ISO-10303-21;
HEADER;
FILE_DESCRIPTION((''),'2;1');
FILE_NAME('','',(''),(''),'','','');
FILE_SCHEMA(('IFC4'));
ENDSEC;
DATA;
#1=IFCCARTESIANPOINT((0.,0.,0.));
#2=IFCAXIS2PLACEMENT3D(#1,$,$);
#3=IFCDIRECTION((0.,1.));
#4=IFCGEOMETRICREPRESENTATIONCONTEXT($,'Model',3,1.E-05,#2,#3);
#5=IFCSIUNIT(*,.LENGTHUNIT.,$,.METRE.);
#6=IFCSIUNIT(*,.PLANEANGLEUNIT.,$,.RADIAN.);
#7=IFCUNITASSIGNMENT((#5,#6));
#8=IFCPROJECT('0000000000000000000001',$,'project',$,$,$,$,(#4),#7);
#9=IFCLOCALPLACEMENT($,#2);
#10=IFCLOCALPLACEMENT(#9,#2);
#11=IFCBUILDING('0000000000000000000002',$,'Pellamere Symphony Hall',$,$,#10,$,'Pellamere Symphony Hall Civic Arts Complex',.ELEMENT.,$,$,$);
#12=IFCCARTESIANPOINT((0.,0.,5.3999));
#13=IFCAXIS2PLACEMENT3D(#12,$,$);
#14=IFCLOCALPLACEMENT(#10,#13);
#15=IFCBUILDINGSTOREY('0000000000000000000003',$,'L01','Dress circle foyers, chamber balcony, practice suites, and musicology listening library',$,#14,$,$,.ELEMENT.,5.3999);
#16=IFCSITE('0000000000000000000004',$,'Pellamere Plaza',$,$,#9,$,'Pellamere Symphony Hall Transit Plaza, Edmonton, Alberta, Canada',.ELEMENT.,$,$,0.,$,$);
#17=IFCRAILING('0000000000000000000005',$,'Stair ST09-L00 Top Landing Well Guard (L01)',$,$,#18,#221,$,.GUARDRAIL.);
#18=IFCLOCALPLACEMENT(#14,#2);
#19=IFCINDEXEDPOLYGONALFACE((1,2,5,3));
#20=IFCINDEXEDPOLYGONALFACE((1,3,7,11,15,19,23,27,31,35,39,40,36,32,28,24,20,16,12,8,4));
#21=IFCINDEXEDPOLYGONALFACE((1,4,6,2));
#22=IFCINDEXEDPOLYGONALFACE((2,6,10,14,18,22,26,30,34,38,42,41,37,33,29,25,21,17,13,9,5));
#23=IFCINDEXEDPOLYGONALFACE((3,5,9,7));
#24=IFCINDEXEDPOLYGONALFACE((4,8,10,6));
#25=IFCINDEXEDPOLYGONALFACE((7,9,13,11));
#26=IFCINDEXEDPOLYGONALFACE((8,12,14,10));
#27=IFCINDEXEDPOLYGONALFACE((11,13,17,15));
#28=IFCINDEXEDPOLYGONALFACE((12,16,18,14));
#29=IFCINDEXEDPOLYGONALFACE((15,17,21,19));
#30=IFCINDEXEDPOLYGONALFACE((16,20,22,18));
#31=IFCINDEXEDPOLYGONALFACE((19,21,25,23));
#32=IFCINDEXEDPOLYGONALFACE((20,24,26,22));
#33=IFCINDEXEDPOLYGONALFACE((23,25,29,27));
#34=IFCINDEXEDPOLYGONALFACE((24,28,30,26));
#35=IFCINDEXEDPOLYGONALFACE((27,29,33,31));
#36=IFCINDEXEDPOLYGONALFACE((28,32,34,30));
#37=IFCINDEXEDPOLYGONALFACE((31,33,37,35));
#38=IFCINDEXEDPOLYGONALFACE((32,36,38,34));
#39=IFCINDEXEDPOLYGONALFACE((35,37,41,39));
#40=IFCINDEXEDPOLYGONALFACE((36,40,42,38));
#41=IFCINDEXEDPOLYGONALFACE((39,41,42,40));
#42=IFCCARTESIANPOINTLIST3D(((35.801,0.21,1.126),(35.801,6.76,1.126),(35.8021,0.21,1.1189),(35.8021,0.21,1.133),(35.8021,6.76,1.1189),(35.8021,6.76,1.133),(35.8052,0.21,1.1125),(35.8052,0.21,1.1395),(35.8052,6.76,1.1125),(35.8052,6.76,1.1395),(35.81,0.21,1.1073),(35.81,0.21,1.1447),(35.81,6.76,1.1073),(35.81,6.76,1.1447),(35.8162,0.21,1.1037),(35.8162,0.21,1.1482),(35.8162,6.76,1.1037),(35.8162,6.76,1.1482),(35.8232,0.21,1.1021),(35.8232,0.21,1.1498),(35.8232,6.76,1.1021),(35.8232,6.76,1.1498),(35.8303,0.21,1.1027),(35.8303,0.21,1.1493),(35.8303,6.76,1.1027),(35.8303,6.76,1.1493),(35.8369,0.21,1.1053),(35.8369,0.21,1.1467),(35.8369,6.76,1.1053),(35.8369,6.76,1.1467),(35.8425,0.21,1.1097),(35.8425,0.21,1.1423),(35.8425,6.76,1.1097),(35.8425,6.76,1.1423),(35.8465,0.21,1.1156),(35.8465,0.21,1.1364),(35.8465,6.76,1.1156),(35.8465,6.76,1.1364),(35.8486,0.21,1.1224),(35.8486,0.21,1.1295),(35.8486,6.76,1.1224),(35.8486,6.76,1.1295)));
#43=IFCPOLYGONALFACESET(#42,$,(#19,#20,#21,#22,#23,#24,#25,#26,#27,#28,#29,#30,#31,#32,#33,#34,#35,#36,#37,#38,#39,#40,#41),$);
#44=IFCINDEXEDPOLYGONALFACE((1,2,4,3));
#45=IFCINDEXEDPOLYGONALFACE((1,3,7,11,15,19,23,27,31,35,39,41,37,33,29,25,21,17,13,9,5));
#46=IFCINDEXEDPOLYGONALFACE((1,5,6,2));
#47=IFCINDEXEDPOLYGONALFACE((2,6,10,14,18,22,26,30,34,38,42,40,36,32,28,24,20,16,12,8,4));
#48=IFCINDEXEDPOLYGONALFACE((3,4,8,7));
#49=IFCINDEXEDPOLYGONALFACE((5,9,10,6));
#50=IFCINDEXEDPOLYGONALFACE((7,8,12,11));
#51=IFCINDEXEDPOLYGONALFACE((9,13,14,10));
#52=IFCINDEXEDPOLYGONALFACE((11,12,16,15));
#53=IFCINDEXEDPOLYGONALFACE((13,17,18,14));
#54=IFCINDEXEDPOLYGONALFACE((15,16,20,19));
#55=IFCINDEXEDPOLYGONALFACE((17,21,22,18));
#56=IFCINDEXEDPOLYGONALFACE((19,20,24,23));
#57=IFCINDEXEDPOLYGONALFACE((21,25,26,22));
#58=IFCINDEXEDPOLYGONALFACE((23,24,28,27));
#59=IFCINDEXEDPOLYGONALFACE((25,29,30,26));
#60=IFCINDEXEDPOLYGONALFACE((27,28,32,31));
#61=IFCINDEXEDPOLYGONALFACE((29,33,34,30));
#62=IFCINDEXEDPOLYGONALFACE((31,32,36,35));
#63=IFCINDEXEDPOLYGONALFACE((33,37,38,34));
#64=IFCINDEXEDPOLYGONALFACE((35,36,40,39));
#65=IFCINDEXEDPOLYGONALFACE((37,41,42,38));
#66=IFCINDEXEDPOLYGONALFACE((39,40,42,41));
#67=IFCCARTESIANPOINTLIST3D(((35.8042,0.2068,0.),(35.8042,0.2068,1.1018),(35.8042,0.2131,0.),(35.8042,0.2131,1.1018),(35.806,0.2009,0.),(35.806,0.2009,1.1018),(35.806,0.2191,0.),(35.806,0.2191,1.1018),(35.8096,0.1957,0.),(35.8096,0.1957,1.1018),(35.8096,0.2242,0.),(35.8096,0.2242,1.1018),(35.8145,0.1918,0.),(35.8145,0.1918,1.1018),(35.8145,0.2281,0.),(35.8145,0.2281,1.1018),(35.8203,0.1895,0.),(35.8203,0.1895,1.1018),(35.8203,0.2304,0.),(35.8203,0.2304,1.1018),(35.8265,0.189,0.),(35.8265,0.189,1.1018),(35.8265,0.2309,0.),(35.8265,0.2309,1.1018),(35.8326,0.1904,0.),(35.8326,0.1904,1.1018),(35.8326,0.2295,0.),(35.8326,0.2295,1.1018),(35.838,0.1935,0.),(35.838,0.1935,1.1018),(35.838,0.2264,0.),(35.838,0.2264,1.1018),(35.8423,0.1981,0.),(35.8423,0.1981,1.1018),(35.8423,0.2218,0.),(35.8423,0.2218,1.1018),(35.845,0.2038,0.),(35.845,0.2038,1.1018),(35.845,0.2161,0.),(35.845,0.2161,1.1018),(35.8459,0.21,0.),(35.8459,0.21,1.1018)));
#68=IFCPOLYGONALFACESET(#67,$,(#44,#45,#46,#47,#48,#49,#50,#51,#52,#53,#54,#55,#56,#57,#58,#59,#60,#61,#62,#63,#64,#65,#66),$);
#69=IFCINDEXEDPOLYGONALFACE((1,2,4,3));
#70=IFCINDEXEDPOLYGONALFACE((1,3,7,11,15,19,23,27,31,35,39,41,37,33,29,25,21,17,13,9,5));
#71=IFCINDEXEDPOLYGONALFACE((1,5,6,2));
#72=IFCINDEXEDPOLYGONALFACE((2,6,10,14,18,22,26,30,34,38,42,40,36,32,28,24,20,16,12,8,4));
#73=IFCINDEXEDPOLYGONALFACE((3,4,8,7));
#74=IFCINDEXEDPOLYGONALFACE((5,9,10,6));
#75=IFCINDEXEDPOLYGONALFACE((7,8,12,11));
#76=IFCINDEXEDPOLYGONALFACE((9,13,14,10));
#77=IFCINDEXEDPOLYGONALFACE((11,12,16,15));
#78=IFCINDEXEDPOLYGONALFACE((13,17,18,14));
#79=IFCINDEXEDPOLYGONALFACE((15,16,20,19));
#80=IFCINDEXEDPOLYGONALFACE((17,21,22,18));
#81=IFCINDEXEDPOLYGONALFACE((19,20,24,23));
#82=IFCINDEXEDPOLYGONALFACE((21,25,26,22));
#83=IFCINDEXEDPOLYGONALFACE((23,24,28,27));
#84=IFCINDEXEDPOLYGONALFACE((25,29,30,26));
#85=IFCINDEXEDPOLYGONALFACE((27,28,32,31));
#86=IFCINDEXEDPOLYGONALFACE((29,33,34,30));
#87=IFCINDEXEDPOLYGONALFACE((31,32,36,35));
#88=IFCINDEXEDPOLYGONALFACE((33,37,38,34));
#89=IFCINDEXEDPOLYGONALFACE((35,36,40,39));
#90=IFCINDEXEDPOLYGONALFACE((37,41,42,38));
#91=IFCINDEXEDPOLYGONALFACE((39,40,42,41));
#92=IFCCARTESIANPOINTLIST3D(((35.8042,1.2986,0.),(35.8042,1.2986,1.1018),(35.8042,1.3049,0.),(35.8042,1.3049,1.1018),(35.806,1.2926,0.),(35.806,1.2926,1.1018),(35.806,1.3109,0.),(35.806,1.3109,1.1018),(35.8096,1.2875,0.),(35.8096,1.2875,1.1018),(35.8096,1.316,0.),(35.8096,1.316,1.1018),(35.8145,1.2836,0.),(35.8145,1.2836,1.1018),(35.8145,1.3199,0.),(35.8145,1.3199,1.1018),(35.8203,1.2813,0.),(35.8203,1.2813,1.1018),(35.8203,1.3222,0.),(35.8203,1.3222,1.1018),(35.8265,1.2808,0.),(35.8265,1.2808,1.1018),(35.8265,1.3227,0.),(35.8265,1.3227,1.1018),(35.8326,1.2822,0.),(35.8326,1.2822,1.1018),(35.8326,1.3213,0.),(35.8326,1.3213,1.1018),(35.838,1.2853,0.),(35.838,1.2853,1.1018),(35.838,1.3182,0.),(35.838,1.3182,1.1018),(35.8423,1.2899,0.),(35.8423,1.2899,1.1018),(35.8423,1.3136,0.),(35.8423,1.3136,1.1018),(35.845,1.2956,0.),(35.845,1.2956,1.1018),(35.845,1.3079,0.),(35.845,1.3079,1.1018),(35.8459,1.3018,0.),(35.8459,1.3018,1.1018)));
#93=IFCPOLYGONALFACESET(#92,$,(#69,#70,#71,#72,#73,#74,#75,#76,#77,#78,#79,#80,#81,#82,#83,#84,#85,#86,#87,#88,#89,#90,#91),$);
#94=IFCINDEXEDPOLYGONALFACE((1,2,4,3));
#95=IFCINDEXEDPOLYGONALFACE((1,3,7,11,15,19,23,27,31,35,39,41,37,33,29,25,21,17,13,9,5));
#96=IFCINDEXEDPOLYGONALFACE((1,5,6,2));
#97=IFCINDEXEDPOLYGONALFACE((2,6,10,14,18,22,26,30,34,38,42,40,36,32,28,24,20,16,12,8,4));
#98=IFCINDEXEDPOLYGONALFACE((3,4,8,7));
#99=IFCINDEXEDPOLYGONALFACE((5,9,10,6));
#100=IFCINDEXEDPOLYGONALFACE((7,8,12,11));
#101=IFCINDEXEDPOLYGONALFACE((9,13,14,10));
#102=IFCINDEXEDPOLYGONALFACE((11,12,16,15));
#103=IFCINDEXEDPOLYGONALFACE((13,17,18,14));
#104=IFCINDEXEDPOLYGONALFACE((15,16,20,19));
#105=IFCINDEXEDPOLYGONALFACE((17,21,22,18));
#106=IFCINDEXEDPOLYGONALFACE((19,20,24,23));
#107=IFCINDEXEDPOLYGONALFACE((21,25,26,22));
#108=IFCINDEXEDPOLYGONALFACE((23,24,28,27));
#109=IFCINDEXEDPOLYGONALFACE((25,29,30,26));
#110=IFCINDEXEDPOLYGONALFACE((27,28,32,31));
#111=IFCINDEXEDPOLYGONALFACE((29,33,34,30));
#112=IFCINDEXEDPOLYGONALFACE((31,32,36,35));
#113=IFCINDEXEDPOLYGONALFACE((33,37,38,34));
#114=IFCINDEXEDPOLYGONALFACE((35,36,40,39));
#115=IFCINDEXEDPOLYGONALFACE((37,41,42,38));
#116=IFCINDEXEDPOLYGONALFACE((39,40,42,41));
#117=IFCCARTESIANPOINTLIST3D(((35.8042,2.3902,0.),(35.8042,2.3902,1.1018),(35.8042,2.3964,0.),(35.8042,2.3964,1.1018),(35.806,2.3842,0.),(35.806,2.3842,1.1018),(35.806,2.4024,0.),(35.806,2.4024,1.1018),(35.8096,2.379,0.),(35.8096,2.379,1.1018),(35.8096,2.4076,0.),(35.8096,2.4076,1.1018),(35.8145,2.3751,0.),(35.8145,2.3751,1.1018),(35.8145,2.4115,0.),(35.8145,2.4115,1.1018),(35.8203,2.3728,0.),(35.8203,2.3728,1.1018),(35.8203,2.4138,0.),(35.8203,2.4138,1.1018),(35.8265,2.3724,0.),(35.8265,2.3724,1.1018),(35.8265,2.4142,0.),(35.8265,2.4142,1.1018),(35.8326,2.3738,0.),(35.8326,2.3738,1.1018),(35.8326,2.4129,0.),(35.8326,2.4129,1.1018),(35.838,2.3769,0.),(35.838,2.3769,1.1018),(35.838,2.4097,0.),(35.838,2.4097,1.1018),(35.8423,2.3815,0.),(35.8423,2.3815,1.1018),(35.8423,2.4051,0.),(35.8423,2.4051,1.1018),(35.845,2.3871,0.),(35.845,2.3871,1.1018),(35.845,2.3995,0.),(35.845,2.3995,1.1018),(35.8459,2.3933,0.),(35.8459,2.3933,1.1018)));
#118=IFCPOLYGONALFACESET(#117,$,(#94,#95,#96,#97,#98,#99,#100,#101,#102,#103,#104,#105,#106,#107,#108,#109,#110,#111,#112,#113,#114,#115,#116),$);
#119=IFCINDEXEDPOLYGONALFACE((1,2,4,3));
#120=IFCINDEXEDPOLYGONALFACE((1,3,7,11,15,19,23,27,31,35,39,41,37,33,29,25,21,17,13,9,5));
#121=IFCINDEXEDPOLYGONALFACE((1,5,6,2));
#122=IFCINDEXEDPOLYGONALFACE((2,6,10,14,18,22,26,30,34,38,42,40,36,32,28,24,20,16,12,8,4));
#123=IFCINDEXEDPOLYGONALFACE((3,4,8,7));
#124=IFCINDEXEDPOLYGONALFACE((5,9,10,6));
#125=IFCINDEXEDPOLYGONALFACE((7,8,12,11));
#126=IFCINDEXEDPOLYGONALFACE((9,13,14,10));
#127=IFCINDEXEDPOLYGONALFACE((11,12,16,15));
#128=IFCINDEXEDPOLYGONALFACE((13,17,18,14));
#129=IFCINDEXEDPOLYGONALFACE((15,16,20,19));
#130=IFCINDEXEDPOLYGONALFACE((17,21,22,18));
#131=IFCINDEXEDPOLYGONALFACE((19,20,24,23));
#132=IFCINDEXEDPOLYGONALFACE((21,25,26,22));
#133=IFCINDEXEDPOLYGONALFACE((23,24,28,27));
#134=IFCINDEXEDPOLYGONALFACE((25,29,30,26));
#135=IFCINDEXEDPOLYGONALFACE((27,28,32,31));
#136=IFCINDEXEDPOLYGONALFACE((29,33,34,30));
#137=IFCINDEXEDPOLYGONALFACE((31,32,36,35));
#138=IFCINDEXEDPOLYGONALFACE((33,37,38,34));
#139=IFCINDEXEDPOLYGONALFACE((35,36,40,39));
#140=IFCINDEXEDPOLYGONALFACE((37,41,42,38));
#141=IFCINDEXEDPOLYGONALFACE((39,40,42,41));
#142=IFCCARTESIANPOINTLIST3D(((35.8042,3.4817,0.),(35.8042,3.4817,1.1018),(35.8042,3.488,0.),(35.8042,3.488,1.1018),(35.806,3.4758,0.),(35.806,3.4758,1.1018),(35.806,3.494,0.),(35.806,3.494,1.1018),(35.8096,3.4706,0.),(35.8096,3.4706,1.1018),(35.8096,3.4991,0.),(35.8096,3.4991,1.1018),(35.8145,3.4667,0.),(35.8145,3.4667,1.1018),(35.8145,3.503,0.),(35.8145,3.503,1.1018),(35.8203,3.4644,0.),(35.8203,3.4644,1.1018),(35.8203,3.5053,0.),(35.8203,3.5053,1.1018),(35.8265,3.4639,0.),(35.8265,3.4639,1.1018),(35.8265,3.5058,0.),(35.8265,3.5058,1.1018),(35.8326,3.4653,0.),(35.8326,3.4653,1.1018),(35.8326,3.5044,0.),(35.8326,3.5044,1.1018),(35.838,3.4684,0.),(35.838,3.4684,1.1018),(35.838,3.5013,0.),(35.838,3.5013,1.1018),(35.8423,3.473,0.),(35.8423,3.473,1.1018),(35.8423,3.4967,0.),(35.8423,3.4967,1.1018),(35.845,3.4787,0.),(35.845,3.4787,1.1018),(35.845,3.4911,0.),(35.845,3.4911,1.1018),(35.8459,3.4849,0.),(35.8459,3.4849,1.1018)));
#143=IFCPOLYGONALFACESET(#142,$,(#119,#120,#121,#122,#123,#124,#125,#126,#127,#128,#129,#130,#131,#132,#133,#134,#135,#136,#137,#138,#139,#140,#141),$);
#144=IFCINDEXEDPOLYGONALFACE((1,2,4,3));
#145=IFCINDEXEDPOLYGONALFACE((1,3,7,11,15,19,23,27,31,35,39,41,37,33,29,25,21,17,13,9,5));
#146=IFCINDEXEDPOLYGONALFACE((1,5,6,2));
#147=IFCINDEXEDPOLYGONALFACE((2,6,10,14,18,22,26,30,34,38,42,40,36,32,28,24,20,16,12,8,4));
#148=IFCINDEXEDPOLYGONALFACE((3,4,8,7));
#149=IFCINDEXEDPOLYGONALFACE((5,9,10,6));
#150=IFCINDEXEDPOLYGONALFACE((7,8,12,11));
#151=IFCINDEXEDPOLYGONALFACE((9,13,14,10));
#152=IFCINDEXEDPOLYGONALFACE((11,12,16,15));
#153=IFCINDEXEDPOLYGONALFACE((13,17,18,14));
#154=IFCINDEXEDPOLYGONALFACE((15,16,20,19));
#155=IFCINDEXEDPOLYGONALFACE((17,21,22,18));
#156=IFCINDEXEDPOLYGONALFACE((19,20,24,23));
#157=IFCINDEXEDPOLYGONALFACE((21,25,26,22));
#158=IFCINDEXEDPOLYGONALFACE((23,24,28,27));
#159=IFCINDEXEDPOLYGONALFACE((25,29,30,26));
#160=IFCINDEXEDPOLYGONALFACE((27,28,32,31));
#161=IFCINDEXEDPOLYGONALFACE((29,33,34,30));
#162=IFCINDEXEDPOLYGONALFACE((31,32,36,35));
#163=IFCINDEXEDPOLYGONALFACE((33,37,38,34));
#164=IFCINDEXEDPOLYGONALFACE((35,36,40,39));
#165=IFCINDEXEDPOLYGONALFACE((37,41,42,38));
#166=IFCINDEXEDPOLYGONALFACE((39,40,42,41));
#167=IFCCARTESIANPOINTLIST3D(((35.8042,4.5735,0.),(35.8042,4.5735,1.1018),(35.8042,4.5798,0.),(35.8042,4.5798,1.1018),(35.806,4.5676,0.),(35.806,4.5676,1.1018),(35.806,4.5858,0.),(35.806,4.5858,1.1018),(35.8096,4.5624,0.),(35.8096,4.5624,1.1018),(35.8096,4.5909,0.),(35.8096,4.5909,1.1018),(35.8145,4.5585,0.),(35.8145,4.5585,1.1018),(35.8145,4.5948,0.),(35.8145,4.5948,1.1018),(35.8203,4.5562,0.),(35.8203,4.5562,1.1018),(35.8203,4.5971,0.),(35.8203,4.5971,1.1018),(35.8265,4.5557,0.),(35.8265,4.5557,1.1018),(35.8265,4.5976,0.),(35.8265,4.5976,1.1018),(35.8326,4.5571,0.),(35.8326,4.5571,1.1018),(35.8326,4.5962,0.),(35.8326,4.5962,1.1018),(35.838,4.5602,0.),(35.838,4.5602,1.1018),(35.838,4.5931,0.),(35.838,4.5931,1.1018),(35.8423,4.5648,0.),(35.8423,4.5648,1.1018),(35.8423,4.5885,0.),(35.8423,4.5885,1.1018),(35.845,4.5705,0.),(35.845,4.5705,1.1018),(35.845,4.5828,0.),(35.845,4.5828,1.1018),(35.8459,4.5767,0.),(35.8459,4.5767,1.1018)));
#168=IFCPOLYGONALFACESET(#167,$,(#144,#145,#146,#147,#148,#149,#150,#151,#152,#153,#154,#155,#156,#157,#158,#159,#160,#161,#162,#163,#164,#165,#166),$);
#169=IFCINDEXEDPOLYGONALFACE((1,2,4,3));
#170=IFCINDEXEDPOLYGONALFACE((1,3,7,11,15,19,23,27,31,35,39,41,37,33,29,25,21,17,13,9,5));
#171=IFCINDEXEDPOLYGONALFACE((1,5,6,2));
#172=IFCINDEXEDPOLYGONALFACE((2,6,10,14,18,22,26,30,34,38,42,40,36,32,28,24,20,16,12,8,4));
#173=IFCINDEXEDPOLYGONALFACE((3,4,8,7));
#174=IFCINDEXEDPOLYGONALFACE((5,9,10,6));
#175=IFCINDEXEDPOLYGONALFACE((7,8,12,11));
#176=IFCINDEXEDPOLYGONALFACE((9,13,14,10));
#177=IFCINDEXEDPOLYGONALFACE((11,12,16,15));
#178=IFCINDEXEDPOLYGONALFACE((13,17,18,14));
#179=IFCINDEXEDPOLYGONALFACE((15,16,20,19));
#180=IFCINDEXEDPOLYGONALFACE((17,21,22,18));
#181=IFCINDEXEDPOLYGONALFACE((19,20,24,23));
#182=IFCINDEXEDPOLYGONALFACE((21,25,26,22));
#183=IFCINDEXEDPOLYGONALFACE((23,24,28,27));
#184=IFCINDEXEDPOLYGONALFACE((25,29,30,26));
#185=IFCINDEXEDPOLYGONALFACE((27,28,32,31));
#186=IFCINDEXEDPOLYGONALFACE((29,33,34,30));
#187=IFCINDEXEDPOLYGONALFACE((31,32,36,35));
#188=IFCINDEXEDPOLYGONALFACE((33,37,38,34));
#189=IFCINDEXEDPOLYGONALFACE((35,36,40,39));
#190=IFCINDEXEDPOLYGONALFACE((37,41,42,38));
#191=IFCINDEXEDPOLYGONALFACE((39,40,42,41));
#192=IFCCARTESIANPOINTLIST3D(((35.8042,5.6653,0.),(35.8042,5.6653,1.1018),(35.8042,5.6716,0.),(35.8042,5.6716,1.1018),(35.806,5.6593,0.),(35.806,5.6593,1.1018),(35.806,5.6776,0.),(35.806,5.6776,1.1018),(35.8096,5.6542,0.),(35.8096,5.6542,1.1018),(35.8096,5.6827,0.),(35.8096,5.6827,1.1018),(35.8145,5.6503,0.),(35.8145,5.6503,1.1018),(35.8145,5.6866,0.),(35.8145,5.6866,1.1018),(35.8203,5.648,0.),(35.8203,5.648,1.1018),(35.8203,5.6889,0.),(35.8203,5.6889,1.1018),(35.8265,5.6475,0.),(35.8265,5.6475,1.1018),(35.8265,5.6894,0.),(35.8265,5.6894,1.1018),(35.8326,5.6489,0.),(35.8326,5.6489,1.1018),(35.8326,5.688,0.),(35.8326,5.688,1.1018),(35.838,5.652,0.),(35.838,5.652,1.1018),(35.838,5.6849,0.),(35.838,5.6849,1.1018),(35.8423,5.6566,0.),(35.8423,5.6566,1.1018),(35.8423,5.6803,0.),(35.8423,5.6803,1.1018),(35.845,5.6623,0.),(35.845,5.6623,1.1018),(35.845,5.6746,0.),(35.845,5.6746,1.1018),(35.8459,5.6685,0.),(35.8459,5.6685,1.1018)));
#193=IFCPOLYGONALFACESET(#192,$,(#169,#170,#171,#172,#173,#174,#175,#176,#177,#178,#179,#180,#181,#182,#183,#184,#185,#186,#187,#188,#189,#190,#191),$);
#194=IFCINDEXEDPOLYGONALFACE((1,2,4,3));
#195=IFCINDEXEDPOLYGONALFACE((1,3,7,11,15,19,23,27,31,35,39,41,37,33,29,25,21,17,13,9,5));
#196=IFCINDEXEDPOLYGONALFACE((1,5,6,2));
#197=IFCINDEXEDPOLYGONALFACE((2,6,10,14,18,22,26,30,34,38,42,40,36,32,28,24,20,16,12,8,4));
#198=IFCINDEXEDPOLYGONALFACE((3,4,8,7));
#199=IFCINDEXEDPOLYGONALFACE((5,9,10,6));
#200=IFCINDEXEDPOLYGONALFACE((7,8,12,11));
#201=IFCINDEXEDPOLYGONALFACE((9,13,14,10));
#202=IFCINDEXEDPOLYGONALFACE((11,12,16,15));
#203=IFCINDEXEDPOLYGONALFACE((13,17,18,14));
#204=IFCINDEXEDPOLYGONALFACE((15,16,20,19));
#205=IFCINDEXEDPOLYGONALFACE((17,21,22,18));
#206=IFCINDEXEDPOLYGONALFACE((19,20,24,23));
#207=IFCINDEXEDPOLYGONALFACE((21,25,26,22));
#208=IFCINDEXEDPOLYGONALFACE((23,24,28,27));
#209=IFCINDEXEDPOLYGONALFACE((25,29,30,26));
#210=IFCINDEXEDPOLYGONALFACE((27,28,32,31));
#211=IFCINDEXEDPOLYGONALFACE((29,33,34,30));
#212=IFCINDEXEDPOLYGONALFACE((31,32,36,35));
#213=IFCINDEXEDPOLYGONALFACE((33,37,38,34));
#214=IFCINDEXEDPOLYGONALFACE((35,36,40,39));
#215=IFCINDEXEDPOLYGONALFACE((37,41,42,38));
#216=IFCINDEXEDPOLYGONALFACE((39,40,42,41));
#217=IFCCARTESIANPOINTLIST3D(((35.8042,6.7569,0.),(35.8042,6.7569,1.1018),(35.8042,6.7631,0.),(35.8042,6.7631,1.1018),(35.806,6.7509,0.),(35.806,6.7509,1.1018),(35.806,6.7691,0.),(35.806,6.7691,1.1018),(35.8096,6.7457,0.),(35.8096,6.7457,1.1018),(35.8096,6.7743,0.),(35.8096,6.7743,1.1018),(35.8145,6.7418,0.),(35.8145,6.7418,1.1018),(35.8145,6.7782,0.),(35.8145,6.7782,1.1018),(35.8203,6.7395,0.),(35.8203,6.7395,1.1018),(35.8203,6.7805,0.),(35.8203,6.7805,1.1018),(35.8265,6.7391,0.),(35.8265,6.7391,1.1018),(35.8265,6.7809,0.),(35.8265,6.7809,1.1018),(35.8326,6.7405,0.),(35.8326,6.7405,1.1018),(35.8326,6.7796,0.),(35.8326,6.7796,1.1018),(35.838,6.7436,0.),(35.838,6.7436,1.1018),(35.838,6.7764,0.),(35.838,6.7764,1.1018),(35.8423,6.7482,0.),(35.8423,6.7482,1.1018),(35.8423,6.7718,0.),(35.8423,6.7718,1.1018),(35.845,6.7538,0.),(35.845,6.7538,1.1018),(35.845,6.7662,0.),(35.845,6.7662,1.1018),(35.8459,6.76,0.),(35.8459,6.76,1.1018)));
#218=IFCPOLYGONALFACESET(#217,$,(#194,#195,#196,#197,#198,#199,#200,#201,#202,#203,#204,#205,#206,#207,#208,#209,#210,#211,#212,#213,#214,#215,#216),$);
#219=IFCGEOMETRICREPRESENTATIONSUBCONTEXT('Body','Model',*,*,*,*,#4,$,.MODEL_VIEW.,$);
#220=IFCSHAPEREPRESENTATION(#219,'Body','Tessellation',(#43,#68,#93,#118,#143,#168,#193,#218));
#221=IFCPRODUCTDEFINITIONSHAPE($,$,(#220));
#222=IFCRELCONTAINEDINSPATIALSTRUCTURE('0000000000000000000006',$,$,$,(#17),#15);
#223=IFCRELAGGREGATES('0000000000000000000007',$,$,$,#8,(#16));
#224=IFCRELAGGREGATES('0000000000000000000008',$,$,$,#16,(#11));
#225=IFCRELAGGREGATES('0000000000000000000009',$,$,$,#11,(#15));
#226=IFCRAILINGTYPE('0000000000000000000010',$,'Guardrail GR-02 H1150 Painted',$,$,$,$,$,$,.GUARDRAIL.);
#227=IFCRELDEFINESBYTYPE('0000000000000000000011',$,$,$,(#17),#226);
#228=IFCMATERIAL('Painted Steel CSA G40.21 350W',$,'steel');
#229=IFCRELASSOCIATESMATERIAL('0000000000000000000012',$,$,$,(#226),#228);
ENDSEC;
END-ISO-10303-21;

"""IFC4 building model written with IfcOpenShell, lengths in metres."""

from ifc_helpers import new_model, si_unit, direction, frame, origin, origin_2d, place, context, subcontext, project, spatial, circle, extrude, material, type_object, element, save


model = new_model("IFC4")

# Units and contexts
model_context = context("Model", 3, precision=1e-05, world=origin(), true_north=direction((0.0, 1.0)))
body_context = subcontext(model_context, "Body", "Model", "MODEL_VIEW")
ifc_project = project(units=[si_unit("LENGTHUNIT", "METRE"), si_unit("PLANEANGLEUNIT", "RADIAN")], contexts=[model_context])

# Site, building, storey
site_placement = place(None, origin())
site = spatial("IfcSite", under=ifc_project, at=site_placement, Name="Pellamere Plaza", LongName="Pellamere Symphony Hall Transit Plaza, Edmonton, Alberta, Canada", CompositionType="ELEMENT", RefElevation=0.0)
building_placement = place(site_placement, origin())
building = spatial("IfcBuilding", under=site, at=building_placement, Name="Pellamere Symphony Hall", LongName="Pellamere Symphony Hall Civic Arts Complex", CompositionType="ELEMENT")
storey_placement = place(building_placement, frame((0.0, 0.0, 5.3999)))
storey = spatial("IfcBuildingStorey", under=building, at=storey_placement, Name="L01", Description="Dress circle foyers, chamber balcony, practice suites, and musicology listening library", CompositionType="ELEMENT", Elevation=5.3999)

# Railing
ifc_material_1 = material(Name="Painted Steel CSA G40.21 350W", Category="steel")
railing_type = type_object("IfcRailingType", Name="Guardrail GR-02 H1150 Painted", PredefinedType="GUARDRAIL", material=ifc_material_1)
railing_placement = place(storey_placement, frame((35.825, 0.21, 0.0)))
element("IfcRailing", 1, at=railing_placement, inside=storey, type_object=railing_type, Name="Stair ST09-L00 Top Landing Well Guard (L01)", PredefinedType="GUARDRAIL", context=body_context, shape_type="SweptSolid", body=[
    extrude(circle(Radius=0.0239, at=origin_2d()), frame((0.0, 0.0, 1.126), z_axis=(0.0, 1.0, 0.0), x_axis=(-1.0, 0.0, 0.0)), (0.0, 0.0, 1.0), 6.55),
    extrude(circle(Radius=0.021, at=origin_2d()), origin(), (0.0, 0.0, 1.0), 1.1018),
    extrude(circle(Radius=0.021, at=origin_2d()), frame((0.0, 1.0918, 0.0)), (0.0, 0.0, 1.0), 1.1018),
    extrude(circle(Radius=0.021, at=origin_2d()), frame((0.0, 2.1833, 0.0)), (0.0, 0.0, 1.0), 1.1018),
    extrude(circle(Radius=0.021, at=origin_2d()), frame((0.0, 3.2749, 0.0)), (0.0, 0.0, 1.0), 1.1018),
    extrude(circle(Radius=0.021, at=origin_2d()), frame((0.0, 4.3667, 0.0)), (0.0, 0.0, 1.0), 1.1018),
    extrude(circle(Radius=0.021, at=origin_2d()), frame((0.0, 5.4585, 0.0)), (0.0, 0.0, 1.0), 1.1018),
    extrude(circle(Radius=0.021, at=origin_2d()), frame((0.0, 6.55, 0.0)), (0.0, 0.0, 1.0), 1.1018),
])

save(model, "model.ifc")
